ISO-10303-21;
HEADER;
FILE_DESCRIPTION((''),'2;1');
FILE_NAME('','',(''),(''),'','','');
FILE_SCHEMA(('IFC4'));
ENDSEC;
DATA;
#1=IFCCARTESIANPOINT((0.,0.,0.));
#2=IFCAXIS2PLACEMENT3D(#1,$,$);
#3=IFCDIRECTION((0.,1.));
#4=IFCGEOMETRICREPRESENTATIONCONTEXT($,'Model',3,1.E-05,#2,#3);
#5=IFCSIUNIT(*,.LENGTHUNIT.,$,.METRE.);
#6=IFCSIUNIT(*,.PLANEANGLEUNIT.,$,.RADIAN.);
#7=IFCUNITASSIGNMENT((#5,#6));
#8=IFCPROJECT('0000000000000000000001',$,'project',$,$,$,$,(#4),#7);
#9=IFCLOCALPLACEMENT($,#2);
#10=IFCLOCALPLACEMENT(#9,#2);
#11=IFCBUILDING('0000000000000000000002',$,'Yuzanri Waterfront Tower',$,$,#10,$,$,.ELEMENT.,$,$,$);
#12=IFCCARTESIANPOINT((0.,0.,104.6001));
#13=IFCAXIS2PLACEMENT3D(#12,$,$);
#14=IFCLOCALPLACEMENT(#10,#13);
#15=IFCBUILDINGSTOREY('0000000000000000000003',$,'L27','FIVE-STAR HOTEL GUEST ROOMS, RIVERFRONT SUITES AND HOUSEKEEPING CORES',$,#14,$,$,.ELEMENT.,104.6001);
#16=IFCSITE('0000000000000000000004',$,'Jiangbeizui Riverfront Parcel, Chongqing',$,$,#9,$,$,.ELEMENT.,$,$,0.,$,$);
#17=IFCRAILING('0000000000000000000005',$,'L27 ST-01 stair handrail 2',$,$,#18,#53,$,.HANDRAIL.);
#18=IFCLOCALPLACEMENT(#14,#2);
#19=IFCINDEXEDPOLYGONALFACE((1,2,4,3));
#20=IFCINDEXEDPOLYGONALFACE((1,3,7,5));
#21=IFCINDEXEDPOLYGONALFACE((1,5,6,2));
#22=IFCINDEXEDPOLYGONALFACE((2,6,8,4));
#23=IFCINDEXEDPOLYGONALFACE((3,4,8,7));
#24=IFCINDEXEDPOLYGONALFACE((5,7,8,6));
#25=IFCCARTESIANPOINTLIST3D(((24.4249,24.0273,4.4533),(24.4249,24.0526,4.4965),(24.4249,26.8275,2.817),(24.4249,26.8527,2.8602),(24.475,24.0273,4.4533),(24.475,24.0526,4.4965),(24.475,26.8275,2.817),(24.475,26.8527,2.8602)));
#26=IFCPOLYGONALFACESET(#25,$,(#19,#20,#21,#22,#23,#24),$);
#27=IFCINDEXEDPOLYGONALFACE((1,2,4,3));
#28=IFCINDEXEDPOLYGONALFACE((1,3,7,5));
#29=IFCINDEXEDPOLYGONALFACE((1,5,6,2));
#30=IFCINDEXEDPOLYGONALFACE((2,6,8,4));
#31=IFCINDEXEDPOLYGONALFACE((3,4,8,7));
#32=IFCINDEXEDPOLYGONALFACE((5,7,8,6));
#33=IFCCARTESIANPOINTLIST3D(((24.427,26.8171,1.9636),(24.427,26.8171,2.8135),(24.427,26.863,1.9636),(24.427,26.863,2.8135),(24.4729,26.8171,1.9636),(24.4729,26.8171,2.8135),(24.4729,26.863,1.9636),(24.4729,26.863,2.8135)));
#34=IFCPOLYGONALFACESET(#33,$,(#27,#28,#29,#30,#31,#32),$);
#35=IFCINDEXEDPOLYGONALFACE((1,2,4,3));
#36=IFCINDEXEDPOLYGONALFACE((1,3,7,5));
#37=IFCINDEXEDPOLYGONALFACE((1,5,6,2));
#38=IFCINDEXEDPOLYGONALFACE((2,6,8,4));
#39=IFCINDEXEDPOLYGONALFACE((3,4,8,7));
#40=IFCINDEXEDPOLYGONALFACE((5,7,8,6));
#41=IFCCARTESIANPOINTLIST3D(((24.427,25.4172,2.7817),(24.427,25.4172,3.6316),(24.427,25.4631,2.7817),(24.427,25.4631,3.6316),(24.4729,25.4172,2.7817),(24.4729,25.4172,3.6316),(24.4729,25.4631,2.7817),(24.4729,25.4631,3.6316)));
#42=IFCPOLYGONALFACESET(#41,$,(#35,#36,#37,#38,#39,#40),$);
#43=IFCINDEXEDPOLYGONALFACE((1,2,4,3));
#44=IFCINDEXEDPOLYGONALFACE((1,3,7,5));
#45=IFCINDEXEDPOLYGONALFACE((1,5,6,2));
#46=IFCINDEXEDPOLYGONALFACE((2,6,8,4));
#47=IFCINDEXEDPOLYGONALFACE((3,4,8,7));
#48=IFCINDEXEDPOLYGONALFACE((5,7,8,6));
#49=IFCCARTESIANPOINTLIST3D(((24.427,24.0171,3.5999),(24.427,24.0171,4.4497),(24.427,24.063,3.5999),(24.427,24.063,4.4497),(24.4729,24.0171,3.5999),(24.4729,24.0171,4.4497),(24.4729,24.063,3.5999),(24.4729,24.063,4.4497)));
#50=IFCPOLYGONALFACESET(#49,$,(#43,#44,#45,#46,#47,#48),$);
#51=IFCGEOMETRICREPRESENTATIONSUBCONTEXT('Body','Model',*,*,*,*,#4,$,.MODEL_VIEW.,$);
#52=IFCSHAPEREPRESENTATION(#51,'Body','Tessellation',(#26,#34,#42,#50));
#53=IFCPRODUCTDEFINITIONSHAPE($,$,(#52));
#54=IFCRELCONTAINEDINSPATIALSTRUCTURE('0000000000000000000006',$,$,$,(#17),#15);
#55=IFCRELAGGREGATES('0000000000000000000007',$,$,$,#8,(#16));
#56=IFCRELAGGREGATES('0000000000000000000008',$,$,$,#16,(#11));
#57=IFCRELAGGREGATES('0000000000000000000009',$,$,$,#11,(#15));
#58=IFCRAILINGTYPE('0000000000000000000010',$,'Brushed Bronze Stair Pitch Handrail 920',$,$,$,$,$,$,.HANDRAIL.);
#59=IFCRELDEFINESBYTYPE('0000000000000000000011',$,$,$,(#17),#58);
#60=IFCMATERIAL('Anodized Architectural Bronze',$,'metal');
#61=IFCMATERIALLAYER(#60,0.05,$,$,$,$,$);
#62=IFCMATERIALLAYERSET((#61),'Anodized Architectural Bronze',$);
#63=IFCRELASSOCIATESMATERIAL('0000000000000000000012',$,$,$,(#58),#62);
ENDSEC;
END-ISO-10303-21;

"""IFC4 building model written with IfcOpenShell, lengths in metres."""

from ifc_helpers import new_model, si_unit, direction, frame, origin, origin_2d, place, context, subcontext, project, spatial, rectangle, extrude, source, transform, mapped, material, layer, layer_set, type_object, element, save


model = new_model("IFC4")

# Units and contexts
model_context = context("Model", 3, precision=1e-05, world=origin(), true_north=direction((0.0, 1.0)))
body_context = subcontext(model_context, "Body", "Model", "MODEL_VIEW")
ifc_project = project(units=[si_unit("LENGTHUNIT", "METRE"), si_unit("PLANEANGLEUNIT", "RADIAN")], contexts=[model_context])

# Site, building, storey
site_placement = place(None, origin())
site = spatial("IfcSite", under=ifc_project, at=site_placement, Name="Jiangbeizui Riverfront Parcel, Chongqing", CompositionType="ELEMENT", RefElevation=0.0)
building_placement = place(site_placement, origin())
building = spatial("IfcBuilding", under=site, at=building_placement, Name="Yuzanri Waterfront Tower", CompositionType="ELEMENT")
storey_placement = place(building_placement, frame((0.0, 0.0, 104.6001)))
storey = spatial("IfcBuildingStorey", under=building, at=storey_placement, Name="L27", Description="FIVE-STAR HOTEL GUEST ROOMS, RIVERFRONT SUITES AND HOUSEKEEPING CORES", CompositionType="ELEMENT", Elevation=104.6001)

# Railing
ifc_material_1 = material(Name="Anodized Architectural Bronze", Category="metal")
ifc_layer_1 = layer(ifc_material_1, 0.05)
ifc_layer_set_1 = layer_set([ifc_layer_1], Name="Anodized Architectural Bronze")
railing_type_1 = type_object("IfcRailingType", Name="Brushed Bronze Stair Pitch Handrail 920", PredefinedType="HANDRAIL", material=ifc_layer_set_1)
shared_shape_1 = source(origin(), body_context, "Body", "SweptSolid", [
    extrude(rectangle(XDim=0.05, YDim=0.05, at=origin_2d()), frame((0.0, 0.0, 0.875), z_axis=(0.0, -0.863394, 0.504531), x_axis=(1.0, 0.0, 0.0)), (0.0, 0.0, 1.0), 3.2432),
    extrude(rectangle(XDim=0.0459, YDim=0.0459, at=origin_2d()), origin(), (0.0, 0.0, 1.0), 0.8499),
    extrude(rectangle(XDim=0.0459, YDim=0.0459, at=origin_2d()), frame((0.0, -1.3999, 0.8181)), (0.0, 0.0, 1.0), 0.8499),
    extrude(rectangle(XDim=0.0459, YDim=0.0459, at=origin_2d()), frame((0.0, -2.8, 1.6362)), (0.0, 0.0, 1.0), 0.8499),
])
railing_1_placement = place(storey_placement, frame((24.45, 26.8401, 1.9636)))
element("IfcRailing", 1, at=railing_1_placement, inside=storey, type_object=railing_type_1, Name="L27 ST-01 stair handrail 2", PredefinedType="HANDRAIL", context=body_context, shape_type="MappedRepresentation", body=[
    mapped(shared_shape_1, transform((0.0, 0.0, 0.0), scale=1.0)),
])

save(model, "model.ifc")
